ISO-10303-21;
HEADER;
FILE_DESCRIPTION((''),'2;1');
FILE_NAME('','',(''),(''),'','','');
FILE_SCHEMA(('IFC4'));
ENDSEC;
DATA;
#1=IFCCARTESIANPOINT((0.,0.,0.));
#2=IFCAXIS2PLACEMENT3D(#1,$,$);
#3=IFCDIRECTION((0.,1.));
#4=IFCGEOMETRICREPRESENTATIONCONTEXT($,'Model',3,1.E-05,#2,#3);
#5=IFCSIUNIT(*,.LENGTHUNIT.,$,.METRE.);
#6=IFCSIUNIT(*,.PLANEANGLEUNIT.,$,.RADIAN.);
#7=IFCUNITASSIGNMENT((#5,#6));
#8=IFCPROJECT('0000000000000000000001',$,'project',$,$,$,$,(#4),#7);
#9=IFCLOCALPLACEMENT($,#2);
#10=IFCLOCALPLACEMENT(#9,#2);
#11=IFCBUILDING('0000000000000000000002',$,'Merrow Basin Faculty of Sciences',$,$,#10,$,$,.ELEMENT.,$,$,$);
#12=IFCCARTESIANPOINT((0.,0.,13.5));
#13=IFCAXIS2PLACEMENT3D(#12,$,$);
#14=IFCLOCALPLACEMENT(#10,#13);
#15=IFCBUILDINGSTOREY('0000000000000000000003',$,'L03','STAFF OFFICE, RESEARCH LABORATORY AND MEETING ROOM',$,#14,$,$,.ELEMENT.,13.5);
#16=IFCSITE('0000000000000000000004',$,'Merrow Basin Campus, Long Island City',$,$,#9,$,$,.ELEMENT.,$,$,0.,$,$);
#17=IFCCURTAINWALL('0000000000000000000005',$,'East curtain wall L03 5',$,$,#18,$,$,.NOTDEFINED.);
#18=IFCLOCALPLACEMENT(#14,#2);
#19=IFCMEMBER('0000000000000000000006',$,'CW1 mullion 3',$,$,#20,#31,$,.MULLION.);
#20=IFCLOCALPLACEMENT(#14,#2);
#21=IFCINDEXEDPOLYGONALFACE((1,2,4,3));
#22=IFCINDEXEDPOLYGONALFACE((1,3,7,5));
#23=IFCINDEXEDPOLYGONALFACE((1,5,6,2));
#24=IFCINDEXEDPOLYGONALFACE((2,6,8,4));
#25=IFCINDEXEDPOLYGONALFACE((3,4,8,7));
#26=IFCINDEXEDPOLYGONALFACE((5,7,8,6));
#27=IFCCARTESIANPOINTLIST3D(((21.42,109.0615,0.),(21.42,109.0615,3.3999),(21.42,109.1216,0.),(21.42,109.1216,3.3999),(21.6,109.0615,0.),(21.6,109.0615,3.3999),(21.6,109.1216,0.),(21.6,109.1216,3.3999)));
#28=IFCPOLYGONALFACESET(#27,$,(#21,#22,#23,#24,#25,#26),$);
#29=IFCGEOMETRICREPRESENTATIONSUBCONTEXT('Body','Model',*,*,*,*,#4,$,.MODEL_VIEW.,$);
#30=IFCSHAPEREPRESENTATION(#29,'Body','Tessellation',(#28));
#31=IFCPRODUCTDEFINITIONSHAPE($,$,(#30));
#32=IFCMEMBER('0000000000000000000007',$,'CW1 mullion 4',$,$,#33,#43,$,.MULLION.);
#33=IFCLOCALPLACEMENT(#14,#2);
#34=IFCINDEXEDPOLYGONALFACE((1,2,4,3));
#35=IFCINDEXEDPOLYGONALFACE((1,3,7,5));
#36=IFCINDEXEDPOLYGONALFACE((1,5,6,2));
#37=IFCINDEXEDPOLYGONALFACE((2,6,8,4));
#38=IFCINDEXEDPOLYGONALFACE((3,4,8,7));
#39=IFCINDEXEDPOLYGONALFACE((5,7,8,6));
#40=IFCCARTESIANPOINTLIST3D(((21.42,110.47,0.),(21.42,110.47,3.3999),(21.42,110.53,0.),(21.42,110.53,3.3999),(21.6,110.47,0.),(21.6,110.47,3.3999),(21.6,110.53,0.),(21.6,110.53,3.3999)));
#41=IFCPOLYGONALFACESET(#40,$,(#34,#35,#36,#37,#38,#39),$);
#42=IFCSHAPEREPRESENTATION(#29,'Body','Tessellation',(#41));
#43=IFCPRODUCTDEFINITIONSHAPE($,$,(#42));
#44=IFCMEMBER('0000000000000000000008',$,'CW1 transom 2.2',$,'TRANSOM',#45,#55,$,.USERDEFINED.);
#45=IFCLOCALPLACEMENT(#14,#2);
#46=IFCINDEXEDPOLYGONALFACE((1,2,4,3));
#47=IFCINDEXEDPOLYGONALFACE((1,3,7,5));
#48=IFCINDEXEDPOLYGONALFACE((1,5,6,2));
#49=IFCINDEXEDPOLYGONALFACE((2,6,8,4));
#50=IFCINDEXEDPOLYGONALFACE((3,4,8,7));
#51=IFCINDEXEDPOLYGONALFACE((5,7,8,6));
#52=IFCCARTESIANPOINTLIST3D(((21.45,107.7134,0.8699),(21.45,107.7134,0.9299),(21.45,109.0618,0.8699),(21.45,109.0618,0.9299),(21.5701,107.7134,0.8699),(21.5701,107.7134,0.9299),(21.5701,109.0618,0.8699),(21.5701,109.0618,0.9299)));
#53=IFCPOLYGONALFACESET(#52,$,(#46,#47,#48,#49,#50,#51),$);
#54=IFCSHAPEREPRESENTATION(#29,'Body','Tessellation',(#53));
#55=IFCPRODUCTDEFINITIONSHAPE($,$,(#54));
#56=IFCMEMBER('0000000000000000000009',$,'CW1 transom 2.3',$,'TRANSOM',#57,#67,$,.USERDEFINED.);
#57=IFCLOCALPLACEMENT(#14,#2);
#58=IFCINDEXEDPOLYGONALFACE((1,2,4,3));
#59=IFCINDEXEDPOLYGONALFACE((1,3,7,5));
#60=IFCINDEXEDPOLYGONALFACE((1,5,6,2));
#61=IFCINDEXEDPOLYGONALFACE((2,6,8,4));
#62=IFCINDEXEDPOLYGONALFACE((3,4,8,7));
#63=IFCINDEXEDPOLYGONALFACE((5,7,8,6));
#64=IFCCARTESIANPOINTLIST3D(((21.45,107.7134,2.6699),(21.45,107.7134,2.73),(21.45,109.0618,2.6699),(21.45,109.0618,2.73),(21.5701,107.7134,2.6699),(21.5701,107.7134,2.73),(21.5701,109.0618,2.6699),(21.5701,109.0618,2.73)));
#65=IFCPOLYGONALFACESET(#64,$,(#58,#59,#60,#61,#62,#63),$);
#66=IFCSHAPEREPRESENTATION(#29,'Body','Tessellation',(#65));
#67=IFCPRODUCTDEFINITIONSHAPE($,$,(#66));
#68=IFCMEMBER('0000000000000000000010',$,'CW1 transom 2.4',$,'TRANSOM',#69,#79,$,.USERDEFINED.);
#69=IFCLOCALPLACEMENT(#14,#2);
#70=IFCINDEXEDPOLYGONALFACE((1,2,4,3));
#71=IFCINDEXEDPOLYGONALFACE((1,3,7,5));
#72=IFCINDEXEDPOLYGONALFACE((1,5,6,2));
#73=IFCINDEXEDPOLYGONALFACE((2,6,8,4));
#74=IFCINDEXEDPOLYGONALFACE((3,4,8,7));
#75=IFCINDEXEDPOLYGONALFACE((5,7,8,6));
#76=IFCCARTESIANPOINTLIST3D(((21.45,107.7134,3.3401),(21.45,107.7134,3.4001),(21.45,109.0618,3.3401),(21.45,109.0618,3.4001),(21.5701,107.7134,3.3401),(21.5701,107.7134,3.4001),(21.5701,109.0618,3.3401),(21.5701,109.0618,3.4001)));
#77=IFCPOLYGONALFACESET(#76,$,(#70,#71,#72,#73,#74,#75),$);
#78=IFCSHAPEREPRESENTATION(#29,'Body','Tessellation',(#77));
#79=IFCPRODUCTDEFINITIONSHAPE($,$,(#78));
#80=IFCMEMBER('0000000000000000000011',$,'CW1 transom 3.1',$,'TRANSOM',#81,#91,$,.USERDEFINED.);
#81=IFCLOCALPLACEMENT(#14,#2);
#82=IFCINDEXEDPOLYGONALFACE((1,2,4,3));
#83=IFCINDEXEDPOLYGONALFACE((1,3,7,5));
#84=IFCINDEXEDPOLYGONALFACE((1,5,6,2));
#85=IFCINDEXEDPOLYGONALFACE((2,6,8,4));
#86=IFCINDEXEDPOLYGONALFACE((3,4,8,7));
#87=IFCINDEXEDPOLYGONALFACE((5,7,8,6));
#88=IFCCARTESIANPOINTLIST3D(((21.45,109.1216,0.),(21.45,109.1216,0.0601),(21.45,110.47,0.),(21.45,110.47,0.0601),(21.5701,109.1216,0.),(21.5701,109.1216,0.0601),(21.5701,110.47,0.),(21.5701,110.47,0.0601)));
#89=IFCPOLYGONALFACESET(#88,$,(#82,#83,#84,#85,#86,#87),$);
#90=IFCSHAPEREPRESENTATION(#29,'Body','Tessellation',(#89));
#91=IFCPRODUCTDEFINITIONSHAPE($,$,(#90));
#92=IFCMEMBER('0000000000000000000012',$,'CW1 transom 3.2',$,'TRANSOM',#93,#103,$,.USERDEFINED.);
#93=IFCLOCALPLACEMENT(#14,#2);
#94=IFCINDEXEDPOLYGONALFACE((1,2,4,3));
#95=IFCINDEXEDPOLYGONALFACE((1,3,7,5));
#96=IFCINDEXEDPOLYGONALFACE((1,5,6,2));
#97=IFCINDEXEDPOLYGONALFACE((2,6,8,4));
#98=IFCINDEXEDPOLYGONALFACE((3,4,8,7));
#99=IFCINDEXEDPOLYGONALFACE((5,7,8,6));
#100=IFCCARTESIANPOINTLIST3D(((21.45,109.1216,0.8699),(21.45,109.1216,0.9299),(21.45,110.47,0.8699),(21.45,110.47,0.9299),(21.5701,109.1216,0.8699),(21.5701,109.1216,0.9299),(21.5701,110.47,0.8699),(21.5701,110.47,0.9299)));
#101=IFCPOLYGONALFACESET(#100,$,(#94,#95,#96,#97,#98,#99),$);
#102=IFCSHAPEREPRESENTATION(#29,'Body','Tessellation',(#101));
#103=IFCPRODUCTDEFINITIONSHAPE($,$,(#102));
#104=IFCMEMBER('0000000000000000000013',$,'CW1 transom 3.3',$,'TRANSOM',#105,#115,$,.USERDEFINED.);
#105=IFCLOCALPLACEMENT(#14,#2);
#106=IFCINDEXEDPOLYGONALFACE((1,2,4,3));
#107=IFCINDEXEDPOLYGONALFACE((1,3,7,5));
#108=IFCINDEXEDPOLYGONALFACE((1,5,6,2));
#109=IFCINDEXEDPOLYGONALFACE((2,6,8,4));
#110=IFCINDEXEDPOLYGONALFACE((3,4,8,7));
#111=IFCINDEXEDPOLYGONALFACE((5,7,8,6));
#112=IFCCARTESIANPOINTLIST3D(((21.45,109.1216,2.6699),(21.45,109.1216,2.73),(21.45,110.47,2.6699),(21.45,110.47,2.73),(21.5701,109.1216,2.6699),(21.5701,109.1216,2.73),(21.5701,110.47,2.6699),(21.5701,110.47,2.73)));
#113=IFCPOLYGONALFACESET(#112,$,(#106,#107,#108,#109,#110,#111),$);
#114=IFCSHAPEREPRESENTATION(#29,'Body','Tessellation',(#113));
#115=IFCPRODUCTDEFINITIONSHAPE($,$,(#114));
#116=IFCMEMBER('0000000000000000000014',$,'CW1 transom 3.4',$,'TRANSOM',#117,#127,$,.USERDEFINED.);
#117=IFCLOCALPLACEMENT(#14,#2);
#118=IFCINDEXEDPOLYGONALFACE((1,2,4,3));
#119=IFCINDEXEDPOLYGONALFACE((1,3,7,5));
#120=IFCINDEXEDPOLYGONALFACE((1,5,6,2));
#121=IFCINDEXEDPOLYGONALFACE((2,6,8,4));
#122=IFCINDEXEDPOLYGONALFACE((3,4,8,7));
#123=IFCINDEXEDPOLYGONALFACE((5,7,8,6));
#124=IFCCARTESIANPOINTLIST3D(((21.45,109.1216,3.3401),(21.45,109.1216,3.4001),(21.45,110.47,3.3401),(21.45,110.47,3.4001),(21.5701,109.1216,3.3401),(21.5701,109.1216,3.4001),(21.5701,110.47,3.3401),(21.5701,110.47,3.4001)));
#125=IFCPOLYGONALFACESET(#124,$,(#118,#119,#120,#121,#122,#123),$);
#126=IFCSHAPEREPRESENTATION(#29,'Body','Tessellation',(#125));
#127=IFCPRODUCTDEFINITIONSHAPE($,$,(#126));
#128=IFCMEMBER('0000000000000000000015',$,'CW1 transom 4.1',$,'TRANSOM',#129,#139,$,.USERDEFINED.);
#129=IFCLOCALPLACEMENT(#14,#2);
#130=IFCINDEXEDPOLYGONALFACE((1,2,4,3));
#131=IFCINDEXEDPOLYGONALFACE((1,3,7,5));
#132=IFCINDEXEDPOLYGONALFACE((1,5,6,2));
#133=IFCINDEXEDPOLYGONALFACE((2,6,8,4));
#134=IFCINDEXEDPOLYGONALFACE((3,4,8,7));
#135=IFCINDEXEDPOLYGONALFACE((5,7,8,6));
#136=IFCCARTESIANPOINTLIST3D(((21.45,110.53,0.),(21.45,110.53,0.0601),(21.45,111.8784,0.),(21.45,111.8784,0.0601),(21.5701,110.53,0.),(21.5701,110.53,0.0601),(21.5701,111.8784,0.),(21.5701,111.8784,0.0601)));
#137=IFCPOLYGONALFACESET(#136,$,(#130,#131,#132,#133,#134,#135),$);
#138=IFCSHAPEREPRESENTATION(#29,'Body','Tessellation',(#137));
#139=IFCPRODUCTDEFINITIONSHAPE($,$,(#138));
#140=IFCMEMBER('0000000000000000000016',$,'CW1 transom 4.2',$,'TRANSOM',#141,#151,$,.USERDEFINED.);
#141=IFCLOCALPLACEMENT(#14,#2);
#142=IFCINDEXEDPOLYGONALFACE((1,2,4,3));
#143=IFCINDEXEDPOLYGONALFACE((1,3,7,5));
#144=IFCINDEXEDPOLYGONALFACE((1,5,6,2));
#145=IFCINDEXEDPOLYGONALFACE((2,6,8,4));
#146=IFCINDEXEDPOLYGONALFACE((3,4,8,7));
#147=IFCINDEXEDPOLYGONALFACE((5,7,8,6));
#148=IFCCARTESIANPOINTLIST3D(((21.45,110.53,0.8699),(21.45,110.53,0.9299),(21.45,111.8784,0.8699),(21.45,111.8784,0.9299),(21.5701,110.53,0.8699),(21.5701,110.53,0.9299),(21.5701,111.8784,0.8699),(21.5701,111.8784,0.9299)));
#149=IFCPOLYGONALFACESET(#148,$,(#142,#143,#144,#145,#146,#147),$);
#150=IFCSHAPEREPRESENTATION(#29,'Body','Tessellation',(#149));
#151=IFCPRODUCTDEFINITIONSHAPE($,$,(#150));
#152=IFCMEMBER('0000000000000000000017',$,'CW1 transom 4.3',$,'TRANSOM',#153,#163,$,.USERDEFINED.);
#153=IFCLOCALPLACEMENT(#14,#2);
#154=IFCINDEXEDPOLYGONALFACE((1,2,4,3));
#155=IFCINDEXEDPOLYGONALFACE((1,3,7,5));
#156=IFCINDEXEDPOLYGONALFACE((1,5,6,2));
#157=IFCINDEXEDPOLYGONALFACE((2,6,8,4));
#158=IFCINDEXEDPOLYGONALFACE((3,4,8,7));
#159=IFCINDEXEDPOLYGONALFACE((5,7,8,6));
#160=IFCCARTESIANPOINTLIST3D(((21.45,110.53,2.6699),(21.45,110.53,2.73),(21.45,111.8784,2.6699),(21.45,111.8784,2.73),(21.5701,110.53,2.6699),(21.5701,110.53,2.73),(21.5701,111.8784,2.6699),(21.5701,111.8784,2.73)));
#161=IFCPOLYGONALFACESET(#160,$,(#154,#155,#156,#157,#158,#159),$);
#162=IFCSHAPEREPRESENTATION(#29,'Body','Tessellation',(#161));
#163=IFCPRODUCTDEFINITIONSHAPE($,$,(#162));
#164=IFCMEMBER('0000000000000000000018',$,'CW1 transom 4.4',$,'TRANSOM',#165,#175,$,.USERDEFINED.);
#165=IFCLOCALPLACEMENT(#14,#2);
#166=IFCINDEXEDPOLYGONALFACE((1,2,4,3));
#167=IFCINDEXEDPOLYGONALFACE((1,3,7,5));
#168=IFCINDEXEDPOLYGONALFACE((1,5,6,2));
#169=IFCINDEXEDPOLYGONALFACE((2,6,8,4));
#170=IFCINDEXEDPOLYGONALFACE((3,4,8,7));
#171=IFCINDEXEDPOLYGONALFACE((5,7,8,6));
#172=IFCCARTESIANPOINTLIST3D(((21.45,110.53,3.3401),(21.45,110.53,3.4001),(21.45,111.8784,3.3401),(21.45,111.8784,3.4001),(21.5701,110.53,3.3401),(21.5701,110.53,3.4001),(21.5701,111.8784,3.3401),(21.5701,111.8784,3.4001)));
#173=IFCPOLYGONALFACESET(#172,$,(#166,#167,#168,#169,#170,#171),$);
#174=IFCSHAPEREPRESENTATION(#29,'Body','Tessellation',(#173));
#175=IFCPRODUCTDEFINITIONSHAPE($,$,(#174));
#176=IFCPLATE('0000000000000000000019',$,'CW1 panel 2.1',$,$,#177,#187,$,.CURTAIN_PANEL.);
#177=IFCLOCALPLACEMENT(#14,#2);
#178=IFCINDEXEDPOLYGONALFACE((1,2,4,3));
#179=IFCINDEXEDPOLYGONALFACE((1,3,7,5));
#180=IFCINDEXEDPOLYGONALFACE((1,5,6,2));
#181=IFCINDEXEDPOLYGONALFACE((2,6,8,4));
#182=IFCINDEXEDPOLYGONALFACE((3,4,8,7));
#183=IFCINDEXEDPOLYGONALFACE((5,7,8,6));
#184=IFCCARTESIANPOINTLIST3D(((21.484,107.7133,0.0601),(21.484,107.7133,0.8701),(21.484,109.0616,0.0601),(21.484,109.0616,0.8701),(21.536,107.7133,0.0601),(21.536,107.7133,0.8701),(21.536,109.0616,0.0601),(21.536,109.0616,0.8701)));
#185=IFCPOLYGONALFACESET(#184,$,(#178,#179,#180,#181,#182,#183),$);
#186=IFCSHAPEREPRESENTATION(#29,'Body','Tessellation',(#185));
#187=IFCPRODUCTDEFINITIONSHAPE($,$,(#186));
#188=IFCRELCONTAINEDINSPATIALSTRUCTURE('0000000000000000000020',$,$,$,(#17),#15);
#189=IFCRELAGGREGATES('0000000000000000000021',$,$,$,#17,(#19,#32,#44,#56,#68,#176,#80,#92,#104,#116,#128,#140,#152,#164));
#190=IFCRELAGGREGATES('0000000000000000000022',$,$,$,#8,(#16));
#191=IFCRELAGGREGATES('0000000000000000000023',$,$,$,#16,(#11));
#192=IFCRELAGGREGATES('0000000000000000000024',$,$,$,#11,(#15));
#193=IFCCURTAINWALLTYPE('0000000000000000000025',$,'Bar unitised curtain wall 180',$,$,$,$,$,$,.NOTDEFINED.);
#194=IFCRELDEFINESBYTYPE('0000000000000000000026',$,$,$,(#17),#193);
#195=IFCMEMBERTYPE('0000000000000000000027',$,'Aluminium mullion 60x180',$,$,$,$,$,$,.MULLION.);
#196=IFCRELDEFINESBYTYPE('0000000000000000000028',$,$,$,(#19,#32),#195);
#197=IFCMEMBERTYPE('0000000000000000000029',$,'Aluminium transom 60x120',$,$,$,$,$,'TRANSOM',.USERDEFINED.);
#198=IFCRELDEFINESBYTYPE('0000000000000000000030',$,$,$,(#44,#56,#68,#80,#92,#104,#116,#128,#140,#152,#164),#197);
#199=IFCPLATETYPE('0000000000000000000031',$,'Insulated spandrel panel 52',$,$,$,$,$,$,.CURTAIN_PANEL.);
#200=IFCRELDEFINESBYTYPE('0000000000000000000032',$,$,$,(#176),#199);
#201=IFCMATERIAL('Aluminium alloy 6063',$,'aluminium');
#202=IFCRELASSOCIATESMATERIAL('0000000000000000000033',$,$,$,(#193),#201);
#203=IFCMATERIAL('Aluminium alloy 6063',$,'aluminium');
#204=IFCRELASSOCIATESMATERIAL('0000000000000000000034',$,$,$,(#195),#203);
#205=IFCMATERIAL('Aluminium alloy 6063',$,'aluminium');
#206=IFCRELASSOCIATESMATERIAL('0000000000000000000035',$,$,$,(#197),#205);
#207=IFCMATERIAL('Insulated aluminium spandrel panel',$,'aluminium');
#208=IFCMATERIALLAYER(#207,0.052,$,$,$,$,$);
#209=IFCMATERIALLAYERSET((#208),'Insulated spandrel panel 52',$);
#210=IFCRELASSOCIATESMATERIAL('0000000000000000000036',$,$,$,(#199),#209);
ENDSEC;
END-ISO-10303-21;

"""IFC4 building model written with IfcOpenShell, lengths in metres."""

from ifc_helpers import new_model, si_unit, direction, frame, origin, origin_2d, place, context, subcontext, project, spatial, rectangle, extrude, material, layer, layer_set, material_profile, profile_set, type_object, element, aggregate, save


model = new_model("IFC4")

# Units and contexts
model_context = context("Model", 3, precision=1e-05, world=origin(), true_north=direction((0.0, 1.0)))
body_context = subcontext(model_context, "Body", "Model", "MODEL_VIEW")
ifc_project = project(units=[si_unit("LENGTHUNIT", "METRE"), si_unit("PLANEANGLEUNIT", "RADIAN")], contexts=[model_context])

# Site, building, storey
site_placement = place(None, origin())
site = spatial("IfcSite", under=ifc_project, at=site_placement, Name="Merrow Basin Campus, Long Island City", CompositionType="ELEMENT", RefElevation=0.0)
building_placement = place(site_placement, origin())
building = spatial("IfcBuilding", under=site, at=building_placement, Name="Merrow Basin Faculty of Sciences", CompositionType="ELEMENT")
storey_placement = place(building_placement, frame((0.0, 0.0, 13.5)))
storey = spatial("IfcBuildingStorey", under=building, at=storey_placement, Name="L03", Description="STAFF OFFICE, RESEARCH LABORATORY AND MEETING ROOM", CompositionType="ELEMENT", Elevation=13.5)

# Curtain wall, members, plate
ifc_material_1 = material(Name="Aluminium alloy 6063", Category="aluminium")
curtain_wall_type = type_object("IfcCurtainWallType", Name="Bar unitised curtain wall 180", PredefinedType="NOTDEFINED", material=ifc_material_1)
curtain_wall_placement = place(storey_placement, origin())
curtain_wall = element("IfcCurtainWall", 1, at=curtain_wall_placement, inside=storey, type_object=curtain_wall_type, Name="East curtain wall L03 5", PredefinedType="NOTDEFINED")
ifc_material_2 = material(Name="Aluminium alloy 6063", Category="aluminium")
ifc_material_profile_1 = material_profile(ifc_material_2, rectangle(XDim=0.1799, YDim=0.0601, at=origin_2d()))
ifc_profile_set_1 = profile_set([ifc_material_profile_1], Name="Aluminium alloy 6063")
member_type_1 = type_object("IfcMemberType", Name="Aluminium mullion 60x180", PredefinedType="MULLION", material=ifc_profile_set_1)
member_1_placement = place(storey_placement, frame((21.51, 109.0916, 0.0), z_axis=(0.0, 0.0, 1.0), x_axis=(-1.0, 0.0, 0.0)))
member_1 = element("IfcMember", 2, at=member_1_placement, type_object=member_type_1, Name="CW1 mullion 3", PredefinedType="MULLION", context=body_context, shape_type="SweptSolid", body=[
    extrude(rectangle(XDim=0.1799, YDim=0.0601, at=origin_2d()), origin(), (0.0, 0.0, 1.0), 3.3999),
])
member_2_placement = place(storey_placement, frame((21.51, 110.5, 0.0), z_axis=(0.0, 0.0, 1.0), x_axis=(-1.0, 0.0, 0.0)))
member_2 = element("IfcMember", 3, at=member_2_placement, type_object=member_type_1, Name="CW1 mullion 4", PredefinedType="MULLION", context=body_context, shape_type="SweptSolid", body=[
    extrude(rectangle(XDim=0.1799, YDim=0.0601, at=origin_2d()), origin(), (0.0, 0.0, 1.0), 3.3999),
])
ifc_material_3 = material(Name="Aluminium alloy 6063", Category="aluminium")
ifc_material_profile_2 = material_profile(ifc_material_3, rectangle(XDim=0.1201, YDim=0.0601, at=origin_2d()))
ifc_profile_set_2 = profile_set([ifc_material_profile_2], Name="Aluminium alloy 6063")
member_type_2 = type_object("IfcMemberType", Name="Aluminium transom 60x120", ElementType="TRANSOM", PredefinedType="USERDEFINED", material=ifc_profile_set_2)
member_3_placement = place(storey_placement, frame((21.51, 107.7134, 0.8999), z_axis=(0.0, 1.0, 0.0), x_axis=(-1.0, 0.0, 0.0)))
member_3 = element("IfcMember", 4, at=member_3_placement, type_object=member_type_2, Name="CW1 transom 2.2", ObjectType="TRANSOM", PredefinedType="USERDEFINED", context=body_context, shape_type="SweptSolid", body=[
    extrude(rectangle(XDim=0.1201, YDim=0.0601, at=origin_2d()), origin(), (0.0, 0.0, 1.0), 1.3484),
])
member_4_placement = place(storey_placement, frame((21.51, 107.7134, 2.7), z_axis=(0.0, 1.0, 0.0), x_axis=(-1.0, 0.0, 0.0)))
member_4 = element("IfcMember", 5, at=member_4_placement, type_object=member_type_2, Name="CW1 transom 2.3", ObjectType="TRANSOM", PredefinedType="USERDEFINED", context=body_context, shape_type="SweptSolid", body=[
    extrude(rectangle(XDim=0.1201, YDim=0.0601, at=origin_2d()), origin(), (0.0, 0.0, 1.0), 1.3484),
])
member_5_placement = place(storey_placement, frame((21.51, 107.7134, 3.3701), z_axis=(0.0, 1.0, 0.0), x_axis=(-1.0, 0.0, 0.0)))
member_5 = element("IfcMember", 6, at=member_5_placement, type_object=member_type_2, Name="CW1 transom 2.4", ObjectType="TRANSOM", PredefinedType="USERDEFINED", context=body_context, shape_type="SweptSolid", body=[
    extrude(rectangle(XDim=0.1201, YDim=0.0601, at=origin_2d()), origin(), (0.0, 0.0, 1.0), 1.3484),
])
member_6_placement = place(storey_placement, frame((21.51, 109.1216, 0.03), z_axis=(0.0, 1.0, 0.0), x_axis=(-1.0, 0.0, 0.0)))
member_6 = element("IfcMember", 7, at=member_6_placement, type_object=member_type_2, Name="CW1 transom 3.1", ObjectType="TRANSOM", PredefinedType="USERDEFINED", context=body_context, shape_type="SweptSolid", body=[
    extrude(rectangle(XDim=0.1201, YDim=0.0601, at=origin_2d()), origin(), (0.0, 0.0, 1.0), 1.3484),
])
member_7_placement = place(storey_placement, frame((21.51, 109.1216, 0.8999), z_axis=(0.0, 1.0, 0.0), x_axis=(-1.0, 0.0, 0.0)))
member_7 = element("IfcMember", 8, at=member_7_placement, type_object=member_type_2, Name="CW1 transom 3.2", ObjectType="TRANSOM", PredefinedType="USERDEFINED", context=body_context, shape_type="SweptSolid", body=[
    extrude(rectangle(XDim=0.1201, YDim=0.0601, at=origin_2d()), origin(), (0.0, 0.0, 1.0), 1.3484),
])
member_8_placement = place(storey_placement, frame((21.51, 109.1216, 2.7), z_axis=(0.0, 1.0, 0.0), x_axis=(-1.0, 0.0, 0.0)))
member_8 = element("IfcMember", 9, at=member_8_placement, type_object=member_type_2, Name="CW1 transom 3.3", ObjectType="TRANSOM", PredefinedType="USERDEFINED", context=body_context, shape_type="SweptSolid", body=[
    extrude(rectangle(XDim=0.1201, YDim=0.0601, at=origin_2d()), origin(), (0.0, 0.0, 1.0), 1.3484),
])
member_9_placement = place(storey_placement, frame((21.51, 109.1216, 3.3701), z_axis=(0.0, 1.0, 0.0), x_axis=(-1.0, 0.0, 0.0)))
member_9 = element("IfcMember", 10, at=member_9_placement, type_object=member_type_2, Name="CW1 transom 3.4", ObjectType="TRANSOM", PredefinedType="USERDEFINED", context=body_context, shape_type="SweptSolid", body=[
    extrude(rectangle(XDim=0.1201, YDim=0.0601, at=origin_2d()), origin(), (0.0, 0.0, 1.0), 1.3484),
])
member_10_placement = place(storey_placement, frame((21.51, 110.53, 0.03), z_axis=(0.0, 1.0, 0.0), x_axis=(-1.0, 0.0, 0.0)))
member_10 = element("IfcMember", 11, at=member_10_placement, type_object=member_type_2, Name="CW1 transom 4.1", ObjectType="TRANSOM", PredefinedType="USERDEFINED", context=body_context, shape_type="SweptSolid", body=[
    extrude(rectangle(XDim=0.1201, YDim=0.0601, at=origin_2d()), origin(), (0.0, 0.0, 1.0), 1.3484),
])
member_11_placement = place(storey_placement, frame((21.51, 110.53, 0.8999), z_axis=(0.0, 1.0, 0.0), x_axis=(-1.0, 0.0, 0.0)))
member_11 = element("IfcMember", 12, at=member_11_placement, type_object=member_type_2, Name="CW1 transom 4.2", ObjectType="TRANSOM", PredefinedType="USERDEFINED", context=body_context, shape_type="SweptSolid", body=[
    extrude(rectangle(XDim=0.1201, YDim=0.0601, at=origin_2d()), origin(), (0.0, 0.0, 1.0), 1.3484),
])
member_12_placement = place(storey_placement, frame((21.51, 110.53, 2.7), z_axis=(0.0, 1.0, 0.0), x_axis=(-1.0, 0.0, 0.0)))
member_12 = element("IfcMember", 13, at=member_12_placement, type_object=member_type_2, Name="CW1 transom 4.3", ObjectType="TRANSOM", PredefinedType="USERDEFINED", context=body_context, shape_type="SweptSolid", body=[
    extrude(rectangle(XDim=0.1201, YDim=0.0601, at=origin_2d()), origin(), (0.0, 0.0, 1.0), 1.3484),
])
member_13_placement = place(storey_placement, frame((21.51, 110.53, 3.3701), z_axis=(0.0, 1.0, 0.0), x_axis=(-1.0, 0.0, 0.0)))
member_13 = element("IfcMember", 14, at=member_13_placement, type_object=member_type_2, Name="CW1 transom 4.4", ObjectType="TRANSOM", PredefinedType="USERDEFINED", context=body_context, shape_type="SweptSolid", body=[
    extrude(rectangle(XDim=0.1201, YDim=0.0601, at=origin_2d()), origin(), (0.0, 0.0, 1.0), 1.3484),
])
ifc_material_4 = material(Name="Insulated aluminium spandrel panel", Category="aluminium")
ifc_layer_1 = layer(ifc_material_4, 0.052)
ifc_layer_set_1 = layer_set([ifc_layer_1], Name="Insulated spandrel panel 52")
plate_type_1 = type_object("IfcPlateType", Name="Insulated spandrel panel 52", PredefinedType="CURTAIN_PANEL", material=ifc_layer_set_1)
plate_1_placement = place(storey_placement, frame((21.51, 108.3875, 0.0601), z_axis=(0.0, 0.0, 1.0), x_axis=(0.0, 1.0, 0.0)))
plate_1 = element("IfcPlate", 15, at=plate_1_placement, type_object=plate_type_1, Name="CW1 panel 2.1", PredefinedType="CURTAIN_PANEL", context=body_context, shape_type="SweptSolid", body=[
    extrude(rectangle(XDim=1.3484, YDim=0.052, at=origin_2d()), origin(), (0.0, 0.0, 1.0), 0.8101),
])
aggregate(curtain_wall, [member_1, member_2, member_3, member_4, member_5, plate_1, member_6, member_7, member_8, member_9, member_10, member_11, member_12, member_13])

save(model, "model.ifc")
